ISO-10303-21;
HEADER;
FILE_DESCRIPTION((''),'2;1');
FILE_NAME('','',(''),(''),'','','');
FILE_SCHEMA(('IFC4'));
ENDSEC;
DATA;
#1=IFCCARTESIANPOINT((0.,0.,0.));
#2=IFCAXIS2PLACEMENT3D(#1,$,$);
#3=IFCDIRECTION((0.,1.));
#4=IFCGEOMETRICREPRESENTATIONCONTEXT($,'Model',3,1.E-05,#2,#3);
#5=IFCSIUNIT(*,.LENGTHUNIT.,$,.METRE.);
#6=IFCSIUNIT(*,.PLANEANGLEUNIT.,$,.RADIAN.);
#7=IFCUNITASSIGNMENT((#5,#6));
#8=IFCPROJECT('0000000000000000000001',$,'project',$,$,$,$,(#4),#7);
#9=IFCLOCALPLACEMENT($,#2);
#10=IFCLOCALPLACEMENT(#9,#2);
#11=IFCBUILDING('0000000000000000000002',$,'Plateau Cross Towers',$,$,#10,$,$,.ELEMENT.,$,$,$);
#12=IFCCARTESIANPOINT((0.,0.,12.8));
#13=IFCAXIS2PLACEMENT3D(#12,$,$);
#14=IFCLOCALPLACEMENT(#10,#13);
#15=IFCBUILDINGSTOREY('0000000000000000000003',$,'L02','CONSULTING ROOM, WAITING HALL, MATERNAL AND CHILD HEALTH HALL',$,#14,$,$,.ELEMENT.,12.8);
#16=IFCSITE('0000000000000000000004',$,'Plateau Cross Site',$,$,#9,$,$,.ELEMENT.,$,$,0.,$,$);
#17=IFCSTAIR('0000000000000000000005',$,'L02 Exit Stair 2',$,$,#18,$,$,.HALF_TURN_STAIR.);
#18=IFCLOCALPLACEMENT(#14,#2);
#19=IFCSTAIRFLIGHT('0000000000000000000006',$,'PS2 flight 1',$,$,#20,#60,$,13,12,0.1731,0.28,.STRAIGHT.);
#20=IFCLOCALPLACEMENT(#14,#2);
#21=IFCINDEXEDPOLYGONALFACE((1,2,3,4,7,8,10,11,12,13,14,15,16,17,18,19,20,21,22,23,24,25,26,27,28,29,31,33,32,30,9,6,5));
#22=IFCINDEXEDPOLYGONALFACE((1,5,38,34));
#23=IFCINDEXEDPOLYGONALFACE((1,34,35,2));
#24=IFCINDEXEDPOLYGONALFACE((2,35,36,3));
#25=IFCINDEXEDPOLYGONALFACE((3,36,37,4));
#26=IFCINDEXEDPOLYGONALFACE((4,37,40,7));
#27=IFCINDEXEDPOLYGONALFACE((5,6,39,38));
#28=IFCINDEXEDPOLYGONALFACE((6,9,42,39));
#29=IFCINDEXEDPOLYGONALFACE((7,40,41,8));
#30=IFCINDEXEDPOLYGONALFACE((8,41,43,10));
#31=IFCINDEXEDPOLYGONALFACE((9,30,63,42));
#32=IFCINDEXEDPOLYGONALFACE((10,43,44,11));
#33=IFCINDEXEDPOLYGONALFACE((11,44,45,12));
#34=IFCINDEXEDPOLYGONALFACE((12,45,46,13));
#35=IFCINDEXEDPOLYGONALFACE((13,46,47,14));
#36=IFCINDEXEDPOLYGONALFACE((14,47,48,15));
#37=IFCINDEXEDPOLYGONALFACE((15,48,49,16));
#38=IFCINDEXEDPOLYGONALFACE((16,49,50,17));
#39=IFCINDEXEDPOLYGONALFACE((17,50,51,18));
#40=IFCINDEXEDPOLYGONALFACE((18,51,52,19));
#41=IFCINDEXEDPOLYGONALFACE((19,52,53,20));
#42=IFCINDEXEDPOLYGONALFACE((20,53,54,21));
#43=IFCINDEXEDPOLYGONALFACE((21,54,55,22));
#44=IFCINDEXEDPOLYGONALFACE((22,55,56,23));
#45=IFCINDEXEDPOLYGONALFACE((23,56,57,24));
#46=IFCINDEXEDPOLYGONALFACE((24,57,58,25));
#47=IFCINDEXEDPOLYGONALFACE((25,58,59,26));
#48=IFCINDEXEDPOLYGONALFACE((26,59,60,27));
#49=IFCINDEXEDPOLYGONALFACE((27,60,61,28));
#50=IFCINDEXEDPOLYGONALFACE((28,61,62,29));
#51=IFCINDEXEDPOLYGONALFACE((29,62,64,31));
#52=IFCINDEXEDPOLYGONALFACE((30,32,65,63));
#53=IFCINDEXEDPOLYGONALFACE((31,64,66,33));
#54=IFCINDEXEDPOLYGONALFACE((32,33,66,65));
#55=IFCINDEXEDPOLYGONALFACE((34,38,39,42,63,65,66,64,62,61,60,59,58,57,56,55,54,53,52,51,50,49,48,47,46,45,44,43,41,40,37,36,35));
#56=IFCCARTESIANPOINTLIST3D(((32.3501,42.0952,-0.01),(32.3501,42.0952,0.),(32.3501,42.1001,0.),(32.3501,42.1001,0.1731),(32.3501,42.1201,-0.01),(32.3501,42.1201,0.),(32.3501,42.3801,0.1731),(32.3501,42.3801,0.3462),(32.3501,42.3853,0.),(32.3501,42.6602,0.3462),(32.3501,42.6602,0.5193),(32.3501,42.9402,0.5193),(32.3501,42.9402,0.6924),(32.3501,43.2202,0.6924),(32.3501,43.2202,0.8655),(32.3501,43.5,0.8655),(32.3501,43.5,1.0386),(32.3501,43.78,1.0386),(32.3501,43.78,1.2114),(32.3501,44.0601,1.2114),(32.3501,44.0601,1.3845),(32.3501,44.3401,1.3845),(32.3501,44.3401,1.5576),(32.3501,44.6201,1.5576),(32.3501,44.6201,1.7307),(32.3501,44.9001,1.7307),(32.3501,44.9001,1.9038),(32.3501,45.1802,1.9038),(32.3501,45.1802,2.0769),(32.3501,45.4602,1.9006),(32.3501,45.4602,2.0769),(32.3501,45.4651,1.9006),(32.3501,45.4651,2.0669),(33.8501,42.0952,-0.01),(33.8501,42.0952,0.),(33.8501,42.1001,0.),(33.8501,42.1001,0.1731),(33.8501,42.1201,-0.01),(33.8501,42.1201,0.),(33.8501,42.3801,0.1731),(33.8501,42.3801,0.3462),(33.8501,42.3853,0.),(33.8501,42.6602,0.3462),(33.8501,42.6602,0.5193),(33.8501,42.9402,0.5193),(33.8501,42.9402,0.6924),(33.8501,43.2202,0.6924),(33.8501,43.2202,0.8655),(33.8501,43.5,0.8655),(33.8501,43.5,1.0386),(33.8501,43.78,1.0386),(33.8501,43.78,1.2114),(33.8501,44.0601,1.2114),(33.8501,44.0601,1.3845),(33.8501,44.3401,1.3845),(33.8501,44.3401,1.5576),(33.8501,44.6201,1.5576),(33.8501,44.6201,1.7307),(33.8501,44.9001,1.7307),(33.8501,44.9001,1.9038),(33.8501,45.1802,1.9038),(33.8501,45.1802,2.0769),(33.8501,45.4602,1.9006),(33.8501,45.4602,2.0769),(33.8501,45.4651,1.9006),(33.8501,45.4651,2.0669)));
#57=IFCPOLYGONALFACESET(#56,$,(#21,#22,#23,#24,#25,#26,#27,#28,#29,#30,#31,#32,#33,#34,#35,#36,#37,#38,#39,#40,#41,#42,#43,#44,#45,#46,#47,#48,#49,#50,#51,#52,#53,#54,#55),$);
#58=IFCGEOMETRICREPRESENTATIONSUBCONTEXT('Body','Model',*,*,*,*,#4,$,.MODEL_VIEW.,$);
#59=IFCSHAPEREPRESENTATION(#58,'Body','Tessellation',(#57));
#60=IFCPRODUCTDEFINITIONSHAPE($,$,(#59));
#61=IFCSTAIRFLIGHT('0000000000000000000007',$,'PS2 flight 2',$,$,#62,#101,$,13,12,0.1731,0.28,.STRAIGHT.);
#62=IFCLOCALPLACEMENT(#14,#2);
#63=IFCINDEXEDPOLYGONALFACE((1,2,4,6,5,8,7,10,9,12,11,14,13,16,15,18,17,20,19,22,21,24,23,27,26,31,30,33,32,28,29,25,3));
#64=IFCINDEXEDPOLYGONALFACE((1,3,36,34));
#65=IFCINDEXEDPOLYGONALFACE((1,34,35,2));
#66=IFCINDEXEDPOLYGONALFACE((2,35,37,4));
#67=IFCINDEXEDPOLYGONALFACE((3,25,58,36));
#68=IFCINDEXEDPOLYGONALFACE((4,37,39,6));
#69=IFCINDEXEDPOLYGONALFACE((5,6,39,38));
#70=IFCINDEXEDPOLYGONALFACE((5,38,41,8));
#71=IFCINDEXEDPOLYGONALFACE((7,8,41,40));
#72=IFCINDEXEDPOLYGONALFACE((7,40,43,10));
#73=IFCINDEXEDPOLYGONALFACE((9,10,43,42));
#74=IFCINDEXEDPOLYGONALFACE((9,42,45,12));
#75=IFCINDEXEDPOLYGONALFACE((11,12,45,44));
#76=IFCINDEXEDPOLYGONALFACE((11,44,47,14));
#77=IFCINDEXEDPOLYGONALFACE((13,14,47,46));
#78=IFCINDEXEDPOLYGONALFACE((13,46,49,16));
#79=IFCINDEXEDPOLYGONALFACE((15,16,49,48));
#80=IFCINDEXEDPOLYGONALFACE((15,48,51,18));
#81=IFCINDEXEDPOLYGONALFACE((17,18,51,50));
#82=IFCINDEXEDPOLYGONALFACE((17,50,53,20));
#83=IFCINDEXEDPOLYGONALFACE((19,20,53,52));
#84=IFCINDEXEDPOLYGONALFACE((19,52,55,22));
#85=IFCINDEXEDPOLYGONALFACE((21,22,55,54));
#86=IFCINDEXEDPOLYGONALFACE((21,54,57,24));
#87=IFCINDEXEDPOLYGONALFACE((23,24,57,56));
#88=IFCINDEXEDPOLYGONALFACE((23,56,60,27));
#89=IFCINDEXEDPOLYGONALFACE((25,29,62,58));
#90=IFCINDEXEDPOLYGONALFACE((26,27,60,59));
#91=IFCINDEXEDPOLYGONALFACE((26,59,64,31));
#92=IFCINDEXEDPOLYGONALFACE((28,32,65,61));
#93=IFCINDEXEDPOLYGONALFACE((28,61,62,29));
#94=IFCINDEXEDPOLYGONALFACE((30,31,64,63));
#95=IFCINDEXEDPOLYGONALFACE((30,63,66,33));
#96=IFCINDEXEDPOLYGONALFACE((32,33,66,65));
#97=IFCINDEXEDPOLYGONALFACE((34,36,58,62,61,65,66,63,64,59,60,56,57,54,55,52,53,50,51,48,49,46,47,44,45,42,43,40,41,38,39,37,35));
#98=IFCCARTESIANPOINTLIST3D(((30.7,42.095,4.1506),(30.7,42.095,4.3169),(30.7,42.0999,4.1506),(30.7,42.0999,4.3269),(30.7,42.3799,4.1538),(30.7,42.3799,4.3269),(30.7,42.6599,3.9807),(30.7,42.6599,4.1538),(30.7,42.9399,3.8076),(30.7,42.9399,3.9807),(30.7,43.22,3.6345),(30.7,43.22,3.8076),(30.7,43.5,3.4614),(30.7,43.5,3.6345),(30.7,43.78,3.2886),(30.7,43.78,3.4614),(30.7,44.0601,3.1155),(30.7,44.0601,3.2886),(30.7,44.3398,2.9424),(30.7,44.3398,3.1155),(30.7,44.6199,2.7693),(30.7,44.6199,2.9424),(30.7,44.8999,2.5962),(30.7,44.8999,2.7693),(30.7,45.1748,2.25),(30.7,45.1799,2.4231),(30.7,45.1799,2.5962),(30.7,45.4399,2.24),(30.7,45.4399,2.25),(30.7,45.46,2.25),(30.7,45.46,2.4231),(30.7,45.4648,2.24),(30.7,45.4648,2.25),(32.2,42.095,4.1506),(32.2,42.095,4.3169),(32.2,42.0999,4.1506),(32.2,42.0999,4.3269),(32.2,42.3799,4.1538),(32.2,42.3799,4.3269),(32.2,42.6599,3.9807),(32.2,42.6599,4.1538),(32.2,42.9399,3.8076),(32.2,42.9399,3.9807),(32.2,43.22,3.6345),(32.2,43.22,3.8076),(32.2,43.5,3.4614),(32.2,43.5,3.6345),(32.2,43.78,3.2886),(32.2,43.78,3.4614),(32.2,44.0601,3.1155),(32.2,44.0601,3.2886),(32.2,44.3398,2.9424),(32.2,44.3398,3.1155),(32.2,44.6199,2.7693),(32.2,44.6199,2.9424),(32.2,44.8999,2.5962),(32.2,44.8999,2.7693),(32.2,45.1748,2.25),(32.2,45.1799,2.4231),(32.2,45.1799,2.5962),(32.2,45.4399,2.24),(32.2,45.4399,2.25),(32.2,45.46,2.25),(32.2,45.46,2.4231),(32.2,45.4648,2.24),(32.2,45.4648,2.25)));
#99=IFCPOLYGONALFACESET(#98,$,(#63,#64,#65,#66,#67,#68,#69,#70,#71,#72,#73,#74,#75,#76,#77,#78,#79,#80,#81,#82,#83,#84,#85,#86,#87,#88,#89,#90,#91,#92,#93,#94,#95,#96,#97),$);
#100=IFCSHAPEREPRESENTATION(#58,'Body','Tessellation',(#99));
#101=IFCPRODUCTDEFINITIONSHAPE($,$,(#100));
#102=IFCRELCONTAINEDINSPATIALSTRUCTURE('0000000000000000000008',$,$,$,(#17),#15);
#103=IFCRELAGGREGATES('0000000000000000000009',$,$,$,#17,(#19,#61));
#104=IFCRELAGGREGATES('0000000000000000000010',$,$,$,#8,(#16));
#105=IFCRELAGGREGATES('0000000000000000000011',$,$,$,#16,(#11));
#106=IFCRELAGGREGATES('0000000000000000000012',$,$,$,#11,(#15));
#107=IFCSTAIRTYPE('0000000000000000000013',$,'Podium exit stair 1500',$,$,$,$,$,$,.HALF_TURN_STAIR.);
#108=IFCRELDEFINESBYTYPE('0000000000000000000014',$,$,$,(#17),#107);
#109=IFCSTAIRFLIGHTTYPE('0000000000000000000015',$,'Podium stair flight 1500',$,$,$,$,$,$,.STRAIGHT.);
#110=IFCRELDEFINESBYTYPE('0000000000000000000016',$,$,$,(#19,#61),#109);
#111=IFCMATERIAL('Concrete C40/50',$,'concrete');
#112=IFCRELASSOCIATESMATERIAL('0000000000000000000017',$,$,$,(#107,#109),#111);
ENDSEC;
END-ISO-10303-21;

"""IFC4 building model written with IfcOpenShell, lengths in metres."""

from ifc_helpers import new_model, si_unit, direction, frame, origin, place, context, subcontext, project, spatial, polyline, outline, extrude, material, type_object, element, aggregate, save


model = new_model("IFC4")

# Units and contexts
model_context = context("Model", 3, precision=1e-05, world=origin(), true_north=direction((0.0, 1.0)))
body_context = subcontext(model_context, "Body", "Model", "MODEL_VIEW")
ifc_project = project(units=[si_unit("LENGTHUNIT", "METRE"), si_unit("PLANEANGLEUNIT", "RADIAN")], contexts=[model_context])

# Site, building, storey
site_placement = place(None, origin())
site = spatial("IfcSite", under=ifc_project, at=site_placement, Name="Plateau Cross Site", CompositionType="ELEMENT", RefElevation=0.0)
building_placement = place(site_placement, origin())
building = spatial("IfcBuilding", under=site, at=building_placement, Name="Plateau Cross Towers", CompositionType="ELEMENT")
storey_placement = place(building_placement, frame((0.0, 0.0, 12.8)))
storey = spatial("IfcBuildingStorey", under=building, at=storey_placement, Name="L02", Description="CONSULTING ROOM, WAITING HALL, MATERNAL AND CHILD HEALTH HALL", CompositionType="ELEMENT", Elevation=12.8)

# Stair, stair flights
ifc_material_1 = material(Name="Concrete C40/50", Category="concrete")
stair_type = type_object("IfcStairType", Name="Podium exit stair 1500", PredefinedType="HALF_TURN_STAIR", material=ifc_material_1)
stair_placement = place(storey_placement, origin())
stair = element("IfcStair", 1, at=stair_placement, inside=storey, type_object=stair_type, Name="L02 Exit Stair 2", PredefinedType="HALF_TURN_STAIR")
stair_flight_type = type_object("IfcStairFlightType", Name="Podium stair flight 1500", PredefinedType="STRAIGHT", material=ifc_material_1)
stair_flight_1_placement = place(storey_placement, frame((33.1001, 42.1001, 0.0), z_axis=(0.0, 0.0, 1.0), x_axis=(0.0, 1.0, 0.0)))
stair_flight_1 = element("IfcStairFlight", 2, at=stair_flight_1_placement, type_object=stair_flight_type, Name="PS2 flight 1", NumberOfRisers=13, NumberOfTreads=12, PredefinedType="STRAIGHT", RiserHeight=0.1731, TreadLength=0.28, context=body_context, shape_type="SweptSolid", body=[
    extrude(outline(polyline([(-0.0049, -0.01), (-0.0049, 0.0), (0.0, 0.0), (0.0, 0.1731), (0.28, 0.1731), (0.28, 0.3462), (0.5601, 0.3462), (0.5601, 0.5193), (0.8401, 0.5193), (0.8401, 0.6924), (1.1201, 0.6924), (1.1201, 0.8655), (1.3999, 0.8655), (1.3999, 1.0386), (1.6799, 1.0386), (1.6799, 1.2114), (1.96, 1.2114), (1.96, 1.3845), (2.24, 1.3845), (2.24, 1.5576), (2.52, 1.5576), (2.52, 1.7307), (2.8, 1.7307), (2.8, 1.9038), (3.0801, 1.9038), (3.0801, 2.0769), (3.3601, 2.0769), (3.365, 2.0669), (3.365, 1.9006), (3.3601, 1.9006), (0.2852, 0.0), (0.02, 0.0), (0.02, -0.01), (-0.0049, -0.01)])), frame((0.0, 0.75, 0.0), z_axis=(0.0, -1.0, 0.0), x_axis=(1.0, 0.0, 0.0)), (0.0, 0.0, 1.0), 1.5),
])
stair_flight_2_placement = place(storey_placement, frame((31.45, 45.46, 2.25), z_axis=(0.0, 0.0, 1.0), x_axis=(0.0, -1.0, 0.0)))
stair_flight_2 = element("IfcStairFlight", 3, at=stair_flight_2_placement, type_object=stair_flight_type, Name="PS2 flight 2", NumberOfRisers=13, NumberOfTreads=12, PredefinedType="STRAIGHT", RiserHeight=0.1731, TreadLength=0.28, context=body_context, shape_type="SweptSolid", body=[
    extrude(outline(polyline([(-0.0049, -0.01), (-0.0049, 0.0), (0.0, 0.0), (0.0, 0.1731), (0.28, 0.1731), (0.28, 0.3462), (0.5601, 0.3462), (0.5601, 0.5193), (0.8401, 0.5193), (0.8401, 0.6924), (1.1201, 0.6924), (1.1201, 0.8655), (1.3999, 0.8655), (1.3999, 1.0386), (1.6799, 1.0386), (1.6799, 1.2114), (1.96, 1.2114), (1.96, 1.3845), (2.24, 1.3845), (2.24, 1.5576), (2.52, 1.5576), (2.52, 1.7307), (2.8, 1.7307), (2.8, 1.9038), (3.0801, 1.9038), (3.0801, 2.0769), (3.3601, 2.0769), (3.365, 2.0669), (3.365, 1.9006), (3.3601, 1.9006), (0.2852, 0.0), (0.02, 0.0), (0.02, -0.01), (-0.0049, -0.01)])), frame((0.0, 0.75, 0.0), z_axis=(0.0, -1.0, 0.0), x_axis=(1.0, 0.0, 0.0)), (0.0, 0.0, 1.0), 1.5),
])
aggregate(stair, [stair_flight_1, stair_flight_2])

save(model, "model.ifc")
